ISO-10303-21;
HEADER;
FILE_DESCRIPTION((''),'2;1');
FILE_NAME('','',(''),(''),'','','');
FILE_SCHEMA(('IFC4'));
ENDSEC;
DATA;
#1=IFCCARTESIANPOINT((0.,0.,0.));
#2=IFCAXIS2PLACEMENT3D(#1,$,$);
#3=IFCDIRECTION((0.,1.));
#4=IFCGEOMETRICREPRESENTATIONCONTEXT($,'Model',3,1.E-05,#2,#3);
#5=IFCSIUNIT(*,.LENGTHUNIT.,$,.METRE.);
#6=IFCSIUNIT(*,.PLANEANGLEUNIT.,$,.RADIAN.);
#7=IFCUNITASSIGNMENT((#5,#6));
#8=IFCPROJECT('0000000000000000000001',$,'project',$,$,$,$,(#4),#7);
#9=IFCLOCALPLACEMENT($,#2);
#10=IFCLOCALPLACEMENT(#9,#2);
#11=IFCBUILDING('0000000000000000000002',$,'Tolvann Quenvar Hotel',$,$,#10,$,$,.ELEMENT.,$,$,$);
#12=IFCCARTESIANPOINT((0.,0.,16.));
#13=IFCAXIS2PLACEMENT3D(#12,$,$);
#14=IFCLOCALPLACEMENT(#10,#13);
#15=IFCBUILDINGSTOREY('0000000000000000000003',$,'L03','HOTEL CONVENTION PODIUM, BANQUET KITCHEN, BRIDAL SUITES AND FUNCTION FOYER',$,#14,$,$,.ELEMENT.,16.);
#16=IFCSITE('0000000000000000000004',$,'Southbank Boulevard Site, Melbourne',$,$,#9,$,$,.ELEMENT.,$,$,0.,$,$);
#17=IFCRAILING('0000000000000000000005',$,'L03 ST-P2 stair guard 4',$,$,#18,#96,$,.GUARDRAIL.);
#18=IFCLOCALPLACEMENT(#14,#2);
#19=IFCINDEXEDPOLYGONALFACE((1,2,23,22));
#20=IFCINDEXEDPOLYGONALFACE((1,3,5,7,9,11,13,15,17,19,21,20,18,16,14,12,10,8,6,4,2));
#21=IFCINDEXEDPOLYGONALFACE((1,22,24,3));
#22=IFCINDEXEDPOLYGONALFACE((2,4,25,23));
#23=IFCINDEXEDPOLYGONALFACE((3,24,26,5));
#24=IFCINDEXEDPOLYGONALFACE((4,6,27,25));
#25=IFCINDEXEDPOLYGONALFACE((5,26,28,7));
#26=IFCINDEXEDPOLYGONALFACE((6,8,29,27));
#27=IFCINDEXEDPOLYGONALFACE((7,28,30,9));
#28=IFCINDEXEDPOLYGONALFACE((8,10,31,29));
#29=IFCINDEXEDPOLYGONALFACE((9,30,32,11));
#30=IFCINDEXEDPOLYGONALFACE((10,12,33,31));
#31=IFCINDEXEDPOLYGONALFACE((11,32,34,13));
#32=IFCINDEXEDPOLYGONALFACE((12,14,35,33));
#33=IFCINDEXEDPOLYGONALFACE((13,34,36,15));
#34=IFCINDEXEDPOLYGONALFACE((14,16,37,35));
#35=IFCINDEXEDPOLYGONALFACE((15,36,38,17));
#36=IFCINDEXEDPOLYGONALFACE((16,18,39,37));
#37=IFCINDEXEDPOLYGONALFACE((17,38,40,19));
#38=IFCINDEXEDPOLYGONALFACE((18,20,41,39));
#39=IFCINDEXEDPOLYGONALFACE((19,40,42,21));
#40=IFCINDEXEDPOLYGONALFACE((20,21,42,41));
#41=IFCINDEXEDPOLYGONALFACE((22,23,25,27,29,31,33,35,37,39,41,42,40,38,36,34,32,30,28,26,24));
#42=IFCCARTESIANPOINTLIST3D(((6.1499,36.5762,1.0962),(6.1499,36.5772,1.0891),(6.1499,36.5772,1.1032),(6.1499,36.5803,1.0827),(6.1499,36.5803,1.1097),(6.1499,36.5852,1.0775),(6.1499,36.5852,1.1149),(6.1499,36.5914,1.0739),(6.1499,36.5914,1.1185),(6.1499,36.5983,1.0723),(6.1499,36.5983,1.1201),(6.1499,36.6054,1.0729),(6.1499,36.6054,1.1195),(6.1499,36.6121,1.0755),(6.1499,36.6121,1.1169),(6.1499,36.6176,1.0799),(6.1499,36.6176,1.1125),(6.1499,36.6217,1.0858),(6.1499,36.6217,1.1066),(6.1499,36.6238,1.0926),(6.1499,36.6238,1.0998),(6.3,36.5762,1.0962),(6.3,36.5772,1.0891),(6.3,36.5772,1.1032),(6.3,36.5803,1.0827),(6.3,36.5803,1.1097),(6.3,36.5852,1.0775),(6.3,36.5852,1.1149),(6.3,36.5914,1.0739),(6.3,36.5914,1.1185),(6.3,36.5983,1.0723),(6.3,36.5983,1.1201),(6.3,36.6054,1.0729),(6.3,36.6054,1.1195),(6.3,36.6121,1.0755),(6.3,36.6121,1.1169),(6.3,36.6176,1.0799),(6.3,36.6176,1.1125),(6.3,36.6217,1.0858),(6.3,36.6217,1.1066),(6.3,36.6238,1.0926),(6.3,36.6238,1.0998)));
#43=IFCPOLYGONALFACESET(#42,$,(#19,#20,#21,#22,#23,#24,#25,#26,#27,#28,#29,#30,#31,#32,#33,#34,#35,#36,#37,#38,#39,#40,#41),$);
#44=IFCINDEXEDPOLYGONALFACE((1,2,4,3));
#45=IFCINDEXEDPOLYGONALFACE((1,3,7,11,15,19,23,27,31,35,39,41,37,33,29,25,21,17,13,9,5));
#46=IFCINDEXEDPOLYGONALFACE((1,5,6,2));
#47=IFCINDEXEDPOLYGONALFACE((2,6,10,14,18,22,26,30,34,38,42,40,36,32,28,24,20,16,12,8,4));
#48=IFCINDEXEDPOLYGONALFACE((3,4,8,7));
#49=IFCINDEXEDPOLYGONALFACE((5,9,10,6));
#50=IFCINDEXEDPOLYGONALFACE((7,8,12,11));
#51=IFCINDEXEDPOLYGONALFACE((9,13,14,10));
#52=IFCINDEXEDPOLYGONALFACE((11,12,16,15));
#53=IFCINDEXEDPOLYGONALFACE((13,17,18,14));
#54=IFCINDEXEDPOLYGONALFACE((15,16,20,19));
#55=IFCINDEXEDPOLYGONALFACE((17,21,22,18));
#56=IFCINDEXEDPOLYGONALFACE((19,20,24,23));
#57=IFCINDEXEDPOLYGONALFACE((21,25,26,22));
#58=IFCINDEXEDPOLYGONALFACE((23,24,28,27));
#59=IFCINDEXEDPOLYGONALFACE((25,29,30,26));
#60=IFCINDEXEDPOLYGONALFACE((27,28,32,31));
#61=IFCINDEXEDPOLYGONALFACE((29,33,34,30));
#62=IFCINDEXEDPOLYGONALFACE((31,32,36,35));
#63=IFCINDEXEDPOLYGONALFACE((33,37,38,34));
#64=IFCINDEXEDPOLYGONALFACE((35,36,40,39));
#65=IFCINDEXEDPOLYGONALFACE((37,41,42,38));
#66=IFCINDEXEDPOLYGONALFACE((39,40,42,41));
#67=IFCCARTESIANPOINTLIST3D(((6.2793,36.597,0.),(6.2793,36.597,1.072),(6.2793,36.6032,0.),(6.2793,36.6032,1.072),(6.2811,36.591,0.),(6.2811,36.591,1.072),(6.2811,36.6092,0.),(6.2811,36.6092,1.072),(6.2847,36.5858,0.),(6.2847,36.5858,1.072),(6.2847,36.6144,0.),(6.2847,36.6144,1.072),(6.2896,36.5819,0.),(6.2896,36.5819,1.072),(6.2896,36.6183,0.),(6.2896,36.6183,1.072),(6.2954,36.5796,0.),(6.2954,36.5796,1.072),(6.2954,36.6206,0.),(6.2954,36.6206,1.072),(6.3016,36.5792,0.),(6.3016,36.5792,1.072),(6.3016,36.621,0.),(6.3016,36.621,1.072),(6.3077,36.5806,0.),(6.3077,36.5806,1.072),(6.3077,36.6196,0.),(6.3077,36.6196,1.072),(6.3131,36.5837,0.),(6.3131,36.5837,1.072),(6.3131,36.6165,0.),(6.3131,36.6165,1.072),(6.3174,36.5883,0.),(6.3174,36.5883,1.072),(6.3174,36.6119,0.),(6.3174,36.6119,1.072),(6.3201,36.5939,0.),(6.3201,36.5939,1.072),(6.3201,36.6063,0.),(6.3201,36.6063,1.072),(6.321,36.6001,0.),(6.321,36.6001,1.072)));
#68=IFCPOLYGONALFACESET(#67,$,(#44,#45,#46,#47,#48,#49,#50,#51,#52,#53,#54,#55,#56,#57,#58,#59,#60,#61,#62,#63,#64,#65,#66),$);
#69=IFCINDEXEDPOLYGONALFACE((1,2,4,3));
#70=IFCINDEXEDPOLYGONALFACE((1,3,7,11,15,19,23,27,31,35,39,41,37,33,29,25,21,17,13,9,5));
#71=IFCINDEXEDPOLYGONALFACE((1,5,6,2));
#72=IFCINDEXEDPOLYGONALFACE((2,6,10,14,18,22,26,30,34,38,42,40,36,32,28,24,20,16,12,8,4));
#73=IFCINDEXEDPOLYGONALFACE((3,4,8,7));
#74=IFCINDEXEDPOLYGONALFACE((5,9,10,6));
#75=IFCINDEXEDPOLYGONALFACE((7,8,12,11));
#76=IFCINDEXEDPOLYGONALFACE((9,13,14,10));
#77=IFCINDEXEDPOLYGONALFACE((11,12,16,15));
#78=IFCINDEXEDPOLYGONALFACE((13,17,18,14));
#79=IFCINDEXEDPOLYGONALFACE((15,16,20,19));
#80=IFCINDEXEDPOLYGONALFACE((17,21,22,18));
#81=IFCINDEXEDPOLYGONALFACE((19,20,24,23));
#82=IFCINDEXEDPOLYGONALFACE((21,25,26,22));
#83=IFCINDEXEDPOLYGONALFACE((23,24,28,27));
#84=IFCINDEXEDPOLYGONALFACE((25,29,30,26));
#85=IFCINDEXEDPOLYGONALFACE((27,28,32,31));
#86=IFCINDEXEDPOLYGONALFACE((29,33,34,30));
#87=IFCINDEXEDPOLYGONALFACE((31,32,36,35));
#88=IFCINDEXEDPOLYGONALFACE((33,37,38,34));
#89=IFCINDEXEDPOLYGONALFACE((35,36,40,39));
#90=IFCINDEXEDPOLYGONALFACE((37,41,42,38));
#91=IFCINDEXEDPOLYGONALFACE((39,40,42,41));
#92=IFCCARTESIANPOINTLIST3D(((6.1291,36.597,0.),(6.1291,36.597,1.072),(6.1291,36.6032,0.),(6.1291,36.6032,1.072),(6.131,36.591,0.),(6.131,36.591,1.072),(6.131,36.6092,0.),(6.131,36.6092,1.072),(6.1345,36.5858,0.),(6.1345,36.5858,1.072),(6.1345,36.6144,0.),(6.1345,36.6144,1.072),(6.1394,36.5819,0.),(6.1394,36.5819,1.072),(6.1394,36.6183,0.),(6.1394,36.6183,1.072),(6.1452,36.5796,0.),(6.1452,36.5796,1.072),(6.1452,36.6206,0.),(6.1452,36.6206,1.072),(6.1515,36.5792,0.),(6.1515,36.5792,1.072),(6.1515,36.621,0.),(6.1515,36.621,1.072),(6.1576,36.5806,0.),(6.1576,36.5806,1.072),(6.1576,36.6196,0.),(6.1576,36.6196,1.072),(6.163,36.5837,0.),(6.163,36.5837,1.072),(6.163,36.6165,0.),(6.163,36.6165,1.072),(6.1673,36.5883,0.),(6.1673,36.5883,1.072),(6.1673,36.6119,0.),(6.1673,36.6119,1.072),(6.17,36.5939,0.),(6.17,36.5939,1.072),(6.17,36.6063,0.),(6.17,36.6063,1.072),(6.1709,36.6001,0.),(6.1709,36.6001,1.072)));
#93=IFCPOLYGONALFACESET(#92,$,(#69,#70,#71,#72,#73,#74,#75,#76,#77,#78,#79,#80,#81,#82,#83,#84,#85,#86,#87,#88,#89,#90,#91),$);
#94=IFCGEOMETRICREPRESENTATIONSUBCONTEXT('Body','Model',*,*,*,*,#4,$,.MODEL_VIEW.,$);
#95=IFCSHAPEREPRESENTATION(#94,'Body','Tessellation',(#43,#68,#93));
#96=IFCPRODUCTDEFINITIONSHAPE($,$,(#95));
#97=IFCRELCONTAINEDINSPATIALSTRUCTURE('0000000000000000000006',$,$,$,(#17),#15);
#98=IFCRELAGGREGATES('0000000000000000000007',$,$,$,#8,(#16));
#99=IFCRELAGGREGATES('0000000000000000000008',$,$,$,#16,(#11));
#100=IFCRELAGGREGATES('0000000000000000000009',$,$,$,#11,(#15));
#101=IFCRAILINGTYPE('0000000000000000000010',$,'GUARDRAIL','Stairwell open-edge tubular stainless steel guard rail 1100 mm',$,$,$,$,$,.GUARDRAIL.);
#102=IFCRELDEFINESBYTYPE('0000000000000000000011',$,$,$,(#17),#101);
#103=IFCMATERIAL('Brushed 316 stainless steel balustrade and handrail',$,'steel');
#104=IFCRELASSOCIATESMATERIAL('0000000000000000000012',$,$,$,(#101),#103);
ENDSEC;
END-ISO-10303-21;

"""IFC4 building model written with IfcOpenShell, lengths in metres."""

from ifc_helpers import new_model, si_unit, direction, frame, origin, origin_2d, place, context, subcontext, project, spatial, circle, extrude, material, type_object, element, save


model = new_model("IFC4")

# Units and contexts
model_context = context("Model", 3, precision=1e-05, world=origin(), true_north=direction((0.0, 1.0)))
body_context = subcontext(model_context, "Body", "Model", "MODEL_VIEW")
ifc_project = project(units=[si_unit("LENGTHUNIT", "METRE"), si_unit("PLANEANGLEUNIT", "RADIAN")], contexts=[model_context])

# Site, building, storey
site_placement = place(None, origin())
site = spatial("IfcSite", under=ifc_project, at=site_placement, Name="Southbank Boulevard Site, Melbourne", CompositionType="ELEMENT", RefElevation=0.0)
building_placement = place(site_placement, origin())
building = spatial("IfcBuilding", under=site, at=building_placement, Name="Tolvann Quenvar Hotel", CompositionType="ELEMENT")
storey_placement = place(building_placement, frame((0.0, 0.0, 16.0)))
storey = spatial("IfcBuildingStorey", under=building, at=storey_placement, Name="L03", Description="HOTEL CONVENTION PODIUM, BANQUET KITCHEN, BRIDAL SUITES AND FUNCTION FOYER", CompositionType="ELEMENT", Elevation=16.0)

# Railing
ifc_material_1 = material(Name="Brushed 316 stainless steel balustrade and handrail", Category="steel")
railing_type_1 = type_object("IfcRailingType", Name="GUARDRAIL", Description="Stairwell open-edge tubular stainless steel guard rail 1100 mm", PredefinedType="GUARDRAIL", material=ifc_material_1)
railing_1_placement = place(storey_placement, frame((6.3, 36.6001, 0.0)))
element("IfcRailing", 1, at=railing_1_placement, inside=storey, type_object=railing_type_1, Name="L03 ST-P2 stair guard 4", PredefinedType="GUARDRAIL", context=body_context, shape_type="SweptSolid", body=[
    extrude(circle(Radius=0.0239, at=origin_2d()), frame((0.0, 0.0, 1.0962), z_axis=(-1.0, 0.0, 0.0), x_axis=(0.0, -1.0, 0.0)), (0.0, 0.0, 1.0), 0.1501),
    extrude(circle(Radius=0.021, at=origin_2d()), origin(), (0.0, 0.0, 1.0), 1.072),
    extrude(circle(Radius=0.021, at=origin_2d()), frame((-0.1501, 0.0, 0.0)), (0.0, 0.0, 1.0), 1.072),
])

save(model, "model.ifc")
